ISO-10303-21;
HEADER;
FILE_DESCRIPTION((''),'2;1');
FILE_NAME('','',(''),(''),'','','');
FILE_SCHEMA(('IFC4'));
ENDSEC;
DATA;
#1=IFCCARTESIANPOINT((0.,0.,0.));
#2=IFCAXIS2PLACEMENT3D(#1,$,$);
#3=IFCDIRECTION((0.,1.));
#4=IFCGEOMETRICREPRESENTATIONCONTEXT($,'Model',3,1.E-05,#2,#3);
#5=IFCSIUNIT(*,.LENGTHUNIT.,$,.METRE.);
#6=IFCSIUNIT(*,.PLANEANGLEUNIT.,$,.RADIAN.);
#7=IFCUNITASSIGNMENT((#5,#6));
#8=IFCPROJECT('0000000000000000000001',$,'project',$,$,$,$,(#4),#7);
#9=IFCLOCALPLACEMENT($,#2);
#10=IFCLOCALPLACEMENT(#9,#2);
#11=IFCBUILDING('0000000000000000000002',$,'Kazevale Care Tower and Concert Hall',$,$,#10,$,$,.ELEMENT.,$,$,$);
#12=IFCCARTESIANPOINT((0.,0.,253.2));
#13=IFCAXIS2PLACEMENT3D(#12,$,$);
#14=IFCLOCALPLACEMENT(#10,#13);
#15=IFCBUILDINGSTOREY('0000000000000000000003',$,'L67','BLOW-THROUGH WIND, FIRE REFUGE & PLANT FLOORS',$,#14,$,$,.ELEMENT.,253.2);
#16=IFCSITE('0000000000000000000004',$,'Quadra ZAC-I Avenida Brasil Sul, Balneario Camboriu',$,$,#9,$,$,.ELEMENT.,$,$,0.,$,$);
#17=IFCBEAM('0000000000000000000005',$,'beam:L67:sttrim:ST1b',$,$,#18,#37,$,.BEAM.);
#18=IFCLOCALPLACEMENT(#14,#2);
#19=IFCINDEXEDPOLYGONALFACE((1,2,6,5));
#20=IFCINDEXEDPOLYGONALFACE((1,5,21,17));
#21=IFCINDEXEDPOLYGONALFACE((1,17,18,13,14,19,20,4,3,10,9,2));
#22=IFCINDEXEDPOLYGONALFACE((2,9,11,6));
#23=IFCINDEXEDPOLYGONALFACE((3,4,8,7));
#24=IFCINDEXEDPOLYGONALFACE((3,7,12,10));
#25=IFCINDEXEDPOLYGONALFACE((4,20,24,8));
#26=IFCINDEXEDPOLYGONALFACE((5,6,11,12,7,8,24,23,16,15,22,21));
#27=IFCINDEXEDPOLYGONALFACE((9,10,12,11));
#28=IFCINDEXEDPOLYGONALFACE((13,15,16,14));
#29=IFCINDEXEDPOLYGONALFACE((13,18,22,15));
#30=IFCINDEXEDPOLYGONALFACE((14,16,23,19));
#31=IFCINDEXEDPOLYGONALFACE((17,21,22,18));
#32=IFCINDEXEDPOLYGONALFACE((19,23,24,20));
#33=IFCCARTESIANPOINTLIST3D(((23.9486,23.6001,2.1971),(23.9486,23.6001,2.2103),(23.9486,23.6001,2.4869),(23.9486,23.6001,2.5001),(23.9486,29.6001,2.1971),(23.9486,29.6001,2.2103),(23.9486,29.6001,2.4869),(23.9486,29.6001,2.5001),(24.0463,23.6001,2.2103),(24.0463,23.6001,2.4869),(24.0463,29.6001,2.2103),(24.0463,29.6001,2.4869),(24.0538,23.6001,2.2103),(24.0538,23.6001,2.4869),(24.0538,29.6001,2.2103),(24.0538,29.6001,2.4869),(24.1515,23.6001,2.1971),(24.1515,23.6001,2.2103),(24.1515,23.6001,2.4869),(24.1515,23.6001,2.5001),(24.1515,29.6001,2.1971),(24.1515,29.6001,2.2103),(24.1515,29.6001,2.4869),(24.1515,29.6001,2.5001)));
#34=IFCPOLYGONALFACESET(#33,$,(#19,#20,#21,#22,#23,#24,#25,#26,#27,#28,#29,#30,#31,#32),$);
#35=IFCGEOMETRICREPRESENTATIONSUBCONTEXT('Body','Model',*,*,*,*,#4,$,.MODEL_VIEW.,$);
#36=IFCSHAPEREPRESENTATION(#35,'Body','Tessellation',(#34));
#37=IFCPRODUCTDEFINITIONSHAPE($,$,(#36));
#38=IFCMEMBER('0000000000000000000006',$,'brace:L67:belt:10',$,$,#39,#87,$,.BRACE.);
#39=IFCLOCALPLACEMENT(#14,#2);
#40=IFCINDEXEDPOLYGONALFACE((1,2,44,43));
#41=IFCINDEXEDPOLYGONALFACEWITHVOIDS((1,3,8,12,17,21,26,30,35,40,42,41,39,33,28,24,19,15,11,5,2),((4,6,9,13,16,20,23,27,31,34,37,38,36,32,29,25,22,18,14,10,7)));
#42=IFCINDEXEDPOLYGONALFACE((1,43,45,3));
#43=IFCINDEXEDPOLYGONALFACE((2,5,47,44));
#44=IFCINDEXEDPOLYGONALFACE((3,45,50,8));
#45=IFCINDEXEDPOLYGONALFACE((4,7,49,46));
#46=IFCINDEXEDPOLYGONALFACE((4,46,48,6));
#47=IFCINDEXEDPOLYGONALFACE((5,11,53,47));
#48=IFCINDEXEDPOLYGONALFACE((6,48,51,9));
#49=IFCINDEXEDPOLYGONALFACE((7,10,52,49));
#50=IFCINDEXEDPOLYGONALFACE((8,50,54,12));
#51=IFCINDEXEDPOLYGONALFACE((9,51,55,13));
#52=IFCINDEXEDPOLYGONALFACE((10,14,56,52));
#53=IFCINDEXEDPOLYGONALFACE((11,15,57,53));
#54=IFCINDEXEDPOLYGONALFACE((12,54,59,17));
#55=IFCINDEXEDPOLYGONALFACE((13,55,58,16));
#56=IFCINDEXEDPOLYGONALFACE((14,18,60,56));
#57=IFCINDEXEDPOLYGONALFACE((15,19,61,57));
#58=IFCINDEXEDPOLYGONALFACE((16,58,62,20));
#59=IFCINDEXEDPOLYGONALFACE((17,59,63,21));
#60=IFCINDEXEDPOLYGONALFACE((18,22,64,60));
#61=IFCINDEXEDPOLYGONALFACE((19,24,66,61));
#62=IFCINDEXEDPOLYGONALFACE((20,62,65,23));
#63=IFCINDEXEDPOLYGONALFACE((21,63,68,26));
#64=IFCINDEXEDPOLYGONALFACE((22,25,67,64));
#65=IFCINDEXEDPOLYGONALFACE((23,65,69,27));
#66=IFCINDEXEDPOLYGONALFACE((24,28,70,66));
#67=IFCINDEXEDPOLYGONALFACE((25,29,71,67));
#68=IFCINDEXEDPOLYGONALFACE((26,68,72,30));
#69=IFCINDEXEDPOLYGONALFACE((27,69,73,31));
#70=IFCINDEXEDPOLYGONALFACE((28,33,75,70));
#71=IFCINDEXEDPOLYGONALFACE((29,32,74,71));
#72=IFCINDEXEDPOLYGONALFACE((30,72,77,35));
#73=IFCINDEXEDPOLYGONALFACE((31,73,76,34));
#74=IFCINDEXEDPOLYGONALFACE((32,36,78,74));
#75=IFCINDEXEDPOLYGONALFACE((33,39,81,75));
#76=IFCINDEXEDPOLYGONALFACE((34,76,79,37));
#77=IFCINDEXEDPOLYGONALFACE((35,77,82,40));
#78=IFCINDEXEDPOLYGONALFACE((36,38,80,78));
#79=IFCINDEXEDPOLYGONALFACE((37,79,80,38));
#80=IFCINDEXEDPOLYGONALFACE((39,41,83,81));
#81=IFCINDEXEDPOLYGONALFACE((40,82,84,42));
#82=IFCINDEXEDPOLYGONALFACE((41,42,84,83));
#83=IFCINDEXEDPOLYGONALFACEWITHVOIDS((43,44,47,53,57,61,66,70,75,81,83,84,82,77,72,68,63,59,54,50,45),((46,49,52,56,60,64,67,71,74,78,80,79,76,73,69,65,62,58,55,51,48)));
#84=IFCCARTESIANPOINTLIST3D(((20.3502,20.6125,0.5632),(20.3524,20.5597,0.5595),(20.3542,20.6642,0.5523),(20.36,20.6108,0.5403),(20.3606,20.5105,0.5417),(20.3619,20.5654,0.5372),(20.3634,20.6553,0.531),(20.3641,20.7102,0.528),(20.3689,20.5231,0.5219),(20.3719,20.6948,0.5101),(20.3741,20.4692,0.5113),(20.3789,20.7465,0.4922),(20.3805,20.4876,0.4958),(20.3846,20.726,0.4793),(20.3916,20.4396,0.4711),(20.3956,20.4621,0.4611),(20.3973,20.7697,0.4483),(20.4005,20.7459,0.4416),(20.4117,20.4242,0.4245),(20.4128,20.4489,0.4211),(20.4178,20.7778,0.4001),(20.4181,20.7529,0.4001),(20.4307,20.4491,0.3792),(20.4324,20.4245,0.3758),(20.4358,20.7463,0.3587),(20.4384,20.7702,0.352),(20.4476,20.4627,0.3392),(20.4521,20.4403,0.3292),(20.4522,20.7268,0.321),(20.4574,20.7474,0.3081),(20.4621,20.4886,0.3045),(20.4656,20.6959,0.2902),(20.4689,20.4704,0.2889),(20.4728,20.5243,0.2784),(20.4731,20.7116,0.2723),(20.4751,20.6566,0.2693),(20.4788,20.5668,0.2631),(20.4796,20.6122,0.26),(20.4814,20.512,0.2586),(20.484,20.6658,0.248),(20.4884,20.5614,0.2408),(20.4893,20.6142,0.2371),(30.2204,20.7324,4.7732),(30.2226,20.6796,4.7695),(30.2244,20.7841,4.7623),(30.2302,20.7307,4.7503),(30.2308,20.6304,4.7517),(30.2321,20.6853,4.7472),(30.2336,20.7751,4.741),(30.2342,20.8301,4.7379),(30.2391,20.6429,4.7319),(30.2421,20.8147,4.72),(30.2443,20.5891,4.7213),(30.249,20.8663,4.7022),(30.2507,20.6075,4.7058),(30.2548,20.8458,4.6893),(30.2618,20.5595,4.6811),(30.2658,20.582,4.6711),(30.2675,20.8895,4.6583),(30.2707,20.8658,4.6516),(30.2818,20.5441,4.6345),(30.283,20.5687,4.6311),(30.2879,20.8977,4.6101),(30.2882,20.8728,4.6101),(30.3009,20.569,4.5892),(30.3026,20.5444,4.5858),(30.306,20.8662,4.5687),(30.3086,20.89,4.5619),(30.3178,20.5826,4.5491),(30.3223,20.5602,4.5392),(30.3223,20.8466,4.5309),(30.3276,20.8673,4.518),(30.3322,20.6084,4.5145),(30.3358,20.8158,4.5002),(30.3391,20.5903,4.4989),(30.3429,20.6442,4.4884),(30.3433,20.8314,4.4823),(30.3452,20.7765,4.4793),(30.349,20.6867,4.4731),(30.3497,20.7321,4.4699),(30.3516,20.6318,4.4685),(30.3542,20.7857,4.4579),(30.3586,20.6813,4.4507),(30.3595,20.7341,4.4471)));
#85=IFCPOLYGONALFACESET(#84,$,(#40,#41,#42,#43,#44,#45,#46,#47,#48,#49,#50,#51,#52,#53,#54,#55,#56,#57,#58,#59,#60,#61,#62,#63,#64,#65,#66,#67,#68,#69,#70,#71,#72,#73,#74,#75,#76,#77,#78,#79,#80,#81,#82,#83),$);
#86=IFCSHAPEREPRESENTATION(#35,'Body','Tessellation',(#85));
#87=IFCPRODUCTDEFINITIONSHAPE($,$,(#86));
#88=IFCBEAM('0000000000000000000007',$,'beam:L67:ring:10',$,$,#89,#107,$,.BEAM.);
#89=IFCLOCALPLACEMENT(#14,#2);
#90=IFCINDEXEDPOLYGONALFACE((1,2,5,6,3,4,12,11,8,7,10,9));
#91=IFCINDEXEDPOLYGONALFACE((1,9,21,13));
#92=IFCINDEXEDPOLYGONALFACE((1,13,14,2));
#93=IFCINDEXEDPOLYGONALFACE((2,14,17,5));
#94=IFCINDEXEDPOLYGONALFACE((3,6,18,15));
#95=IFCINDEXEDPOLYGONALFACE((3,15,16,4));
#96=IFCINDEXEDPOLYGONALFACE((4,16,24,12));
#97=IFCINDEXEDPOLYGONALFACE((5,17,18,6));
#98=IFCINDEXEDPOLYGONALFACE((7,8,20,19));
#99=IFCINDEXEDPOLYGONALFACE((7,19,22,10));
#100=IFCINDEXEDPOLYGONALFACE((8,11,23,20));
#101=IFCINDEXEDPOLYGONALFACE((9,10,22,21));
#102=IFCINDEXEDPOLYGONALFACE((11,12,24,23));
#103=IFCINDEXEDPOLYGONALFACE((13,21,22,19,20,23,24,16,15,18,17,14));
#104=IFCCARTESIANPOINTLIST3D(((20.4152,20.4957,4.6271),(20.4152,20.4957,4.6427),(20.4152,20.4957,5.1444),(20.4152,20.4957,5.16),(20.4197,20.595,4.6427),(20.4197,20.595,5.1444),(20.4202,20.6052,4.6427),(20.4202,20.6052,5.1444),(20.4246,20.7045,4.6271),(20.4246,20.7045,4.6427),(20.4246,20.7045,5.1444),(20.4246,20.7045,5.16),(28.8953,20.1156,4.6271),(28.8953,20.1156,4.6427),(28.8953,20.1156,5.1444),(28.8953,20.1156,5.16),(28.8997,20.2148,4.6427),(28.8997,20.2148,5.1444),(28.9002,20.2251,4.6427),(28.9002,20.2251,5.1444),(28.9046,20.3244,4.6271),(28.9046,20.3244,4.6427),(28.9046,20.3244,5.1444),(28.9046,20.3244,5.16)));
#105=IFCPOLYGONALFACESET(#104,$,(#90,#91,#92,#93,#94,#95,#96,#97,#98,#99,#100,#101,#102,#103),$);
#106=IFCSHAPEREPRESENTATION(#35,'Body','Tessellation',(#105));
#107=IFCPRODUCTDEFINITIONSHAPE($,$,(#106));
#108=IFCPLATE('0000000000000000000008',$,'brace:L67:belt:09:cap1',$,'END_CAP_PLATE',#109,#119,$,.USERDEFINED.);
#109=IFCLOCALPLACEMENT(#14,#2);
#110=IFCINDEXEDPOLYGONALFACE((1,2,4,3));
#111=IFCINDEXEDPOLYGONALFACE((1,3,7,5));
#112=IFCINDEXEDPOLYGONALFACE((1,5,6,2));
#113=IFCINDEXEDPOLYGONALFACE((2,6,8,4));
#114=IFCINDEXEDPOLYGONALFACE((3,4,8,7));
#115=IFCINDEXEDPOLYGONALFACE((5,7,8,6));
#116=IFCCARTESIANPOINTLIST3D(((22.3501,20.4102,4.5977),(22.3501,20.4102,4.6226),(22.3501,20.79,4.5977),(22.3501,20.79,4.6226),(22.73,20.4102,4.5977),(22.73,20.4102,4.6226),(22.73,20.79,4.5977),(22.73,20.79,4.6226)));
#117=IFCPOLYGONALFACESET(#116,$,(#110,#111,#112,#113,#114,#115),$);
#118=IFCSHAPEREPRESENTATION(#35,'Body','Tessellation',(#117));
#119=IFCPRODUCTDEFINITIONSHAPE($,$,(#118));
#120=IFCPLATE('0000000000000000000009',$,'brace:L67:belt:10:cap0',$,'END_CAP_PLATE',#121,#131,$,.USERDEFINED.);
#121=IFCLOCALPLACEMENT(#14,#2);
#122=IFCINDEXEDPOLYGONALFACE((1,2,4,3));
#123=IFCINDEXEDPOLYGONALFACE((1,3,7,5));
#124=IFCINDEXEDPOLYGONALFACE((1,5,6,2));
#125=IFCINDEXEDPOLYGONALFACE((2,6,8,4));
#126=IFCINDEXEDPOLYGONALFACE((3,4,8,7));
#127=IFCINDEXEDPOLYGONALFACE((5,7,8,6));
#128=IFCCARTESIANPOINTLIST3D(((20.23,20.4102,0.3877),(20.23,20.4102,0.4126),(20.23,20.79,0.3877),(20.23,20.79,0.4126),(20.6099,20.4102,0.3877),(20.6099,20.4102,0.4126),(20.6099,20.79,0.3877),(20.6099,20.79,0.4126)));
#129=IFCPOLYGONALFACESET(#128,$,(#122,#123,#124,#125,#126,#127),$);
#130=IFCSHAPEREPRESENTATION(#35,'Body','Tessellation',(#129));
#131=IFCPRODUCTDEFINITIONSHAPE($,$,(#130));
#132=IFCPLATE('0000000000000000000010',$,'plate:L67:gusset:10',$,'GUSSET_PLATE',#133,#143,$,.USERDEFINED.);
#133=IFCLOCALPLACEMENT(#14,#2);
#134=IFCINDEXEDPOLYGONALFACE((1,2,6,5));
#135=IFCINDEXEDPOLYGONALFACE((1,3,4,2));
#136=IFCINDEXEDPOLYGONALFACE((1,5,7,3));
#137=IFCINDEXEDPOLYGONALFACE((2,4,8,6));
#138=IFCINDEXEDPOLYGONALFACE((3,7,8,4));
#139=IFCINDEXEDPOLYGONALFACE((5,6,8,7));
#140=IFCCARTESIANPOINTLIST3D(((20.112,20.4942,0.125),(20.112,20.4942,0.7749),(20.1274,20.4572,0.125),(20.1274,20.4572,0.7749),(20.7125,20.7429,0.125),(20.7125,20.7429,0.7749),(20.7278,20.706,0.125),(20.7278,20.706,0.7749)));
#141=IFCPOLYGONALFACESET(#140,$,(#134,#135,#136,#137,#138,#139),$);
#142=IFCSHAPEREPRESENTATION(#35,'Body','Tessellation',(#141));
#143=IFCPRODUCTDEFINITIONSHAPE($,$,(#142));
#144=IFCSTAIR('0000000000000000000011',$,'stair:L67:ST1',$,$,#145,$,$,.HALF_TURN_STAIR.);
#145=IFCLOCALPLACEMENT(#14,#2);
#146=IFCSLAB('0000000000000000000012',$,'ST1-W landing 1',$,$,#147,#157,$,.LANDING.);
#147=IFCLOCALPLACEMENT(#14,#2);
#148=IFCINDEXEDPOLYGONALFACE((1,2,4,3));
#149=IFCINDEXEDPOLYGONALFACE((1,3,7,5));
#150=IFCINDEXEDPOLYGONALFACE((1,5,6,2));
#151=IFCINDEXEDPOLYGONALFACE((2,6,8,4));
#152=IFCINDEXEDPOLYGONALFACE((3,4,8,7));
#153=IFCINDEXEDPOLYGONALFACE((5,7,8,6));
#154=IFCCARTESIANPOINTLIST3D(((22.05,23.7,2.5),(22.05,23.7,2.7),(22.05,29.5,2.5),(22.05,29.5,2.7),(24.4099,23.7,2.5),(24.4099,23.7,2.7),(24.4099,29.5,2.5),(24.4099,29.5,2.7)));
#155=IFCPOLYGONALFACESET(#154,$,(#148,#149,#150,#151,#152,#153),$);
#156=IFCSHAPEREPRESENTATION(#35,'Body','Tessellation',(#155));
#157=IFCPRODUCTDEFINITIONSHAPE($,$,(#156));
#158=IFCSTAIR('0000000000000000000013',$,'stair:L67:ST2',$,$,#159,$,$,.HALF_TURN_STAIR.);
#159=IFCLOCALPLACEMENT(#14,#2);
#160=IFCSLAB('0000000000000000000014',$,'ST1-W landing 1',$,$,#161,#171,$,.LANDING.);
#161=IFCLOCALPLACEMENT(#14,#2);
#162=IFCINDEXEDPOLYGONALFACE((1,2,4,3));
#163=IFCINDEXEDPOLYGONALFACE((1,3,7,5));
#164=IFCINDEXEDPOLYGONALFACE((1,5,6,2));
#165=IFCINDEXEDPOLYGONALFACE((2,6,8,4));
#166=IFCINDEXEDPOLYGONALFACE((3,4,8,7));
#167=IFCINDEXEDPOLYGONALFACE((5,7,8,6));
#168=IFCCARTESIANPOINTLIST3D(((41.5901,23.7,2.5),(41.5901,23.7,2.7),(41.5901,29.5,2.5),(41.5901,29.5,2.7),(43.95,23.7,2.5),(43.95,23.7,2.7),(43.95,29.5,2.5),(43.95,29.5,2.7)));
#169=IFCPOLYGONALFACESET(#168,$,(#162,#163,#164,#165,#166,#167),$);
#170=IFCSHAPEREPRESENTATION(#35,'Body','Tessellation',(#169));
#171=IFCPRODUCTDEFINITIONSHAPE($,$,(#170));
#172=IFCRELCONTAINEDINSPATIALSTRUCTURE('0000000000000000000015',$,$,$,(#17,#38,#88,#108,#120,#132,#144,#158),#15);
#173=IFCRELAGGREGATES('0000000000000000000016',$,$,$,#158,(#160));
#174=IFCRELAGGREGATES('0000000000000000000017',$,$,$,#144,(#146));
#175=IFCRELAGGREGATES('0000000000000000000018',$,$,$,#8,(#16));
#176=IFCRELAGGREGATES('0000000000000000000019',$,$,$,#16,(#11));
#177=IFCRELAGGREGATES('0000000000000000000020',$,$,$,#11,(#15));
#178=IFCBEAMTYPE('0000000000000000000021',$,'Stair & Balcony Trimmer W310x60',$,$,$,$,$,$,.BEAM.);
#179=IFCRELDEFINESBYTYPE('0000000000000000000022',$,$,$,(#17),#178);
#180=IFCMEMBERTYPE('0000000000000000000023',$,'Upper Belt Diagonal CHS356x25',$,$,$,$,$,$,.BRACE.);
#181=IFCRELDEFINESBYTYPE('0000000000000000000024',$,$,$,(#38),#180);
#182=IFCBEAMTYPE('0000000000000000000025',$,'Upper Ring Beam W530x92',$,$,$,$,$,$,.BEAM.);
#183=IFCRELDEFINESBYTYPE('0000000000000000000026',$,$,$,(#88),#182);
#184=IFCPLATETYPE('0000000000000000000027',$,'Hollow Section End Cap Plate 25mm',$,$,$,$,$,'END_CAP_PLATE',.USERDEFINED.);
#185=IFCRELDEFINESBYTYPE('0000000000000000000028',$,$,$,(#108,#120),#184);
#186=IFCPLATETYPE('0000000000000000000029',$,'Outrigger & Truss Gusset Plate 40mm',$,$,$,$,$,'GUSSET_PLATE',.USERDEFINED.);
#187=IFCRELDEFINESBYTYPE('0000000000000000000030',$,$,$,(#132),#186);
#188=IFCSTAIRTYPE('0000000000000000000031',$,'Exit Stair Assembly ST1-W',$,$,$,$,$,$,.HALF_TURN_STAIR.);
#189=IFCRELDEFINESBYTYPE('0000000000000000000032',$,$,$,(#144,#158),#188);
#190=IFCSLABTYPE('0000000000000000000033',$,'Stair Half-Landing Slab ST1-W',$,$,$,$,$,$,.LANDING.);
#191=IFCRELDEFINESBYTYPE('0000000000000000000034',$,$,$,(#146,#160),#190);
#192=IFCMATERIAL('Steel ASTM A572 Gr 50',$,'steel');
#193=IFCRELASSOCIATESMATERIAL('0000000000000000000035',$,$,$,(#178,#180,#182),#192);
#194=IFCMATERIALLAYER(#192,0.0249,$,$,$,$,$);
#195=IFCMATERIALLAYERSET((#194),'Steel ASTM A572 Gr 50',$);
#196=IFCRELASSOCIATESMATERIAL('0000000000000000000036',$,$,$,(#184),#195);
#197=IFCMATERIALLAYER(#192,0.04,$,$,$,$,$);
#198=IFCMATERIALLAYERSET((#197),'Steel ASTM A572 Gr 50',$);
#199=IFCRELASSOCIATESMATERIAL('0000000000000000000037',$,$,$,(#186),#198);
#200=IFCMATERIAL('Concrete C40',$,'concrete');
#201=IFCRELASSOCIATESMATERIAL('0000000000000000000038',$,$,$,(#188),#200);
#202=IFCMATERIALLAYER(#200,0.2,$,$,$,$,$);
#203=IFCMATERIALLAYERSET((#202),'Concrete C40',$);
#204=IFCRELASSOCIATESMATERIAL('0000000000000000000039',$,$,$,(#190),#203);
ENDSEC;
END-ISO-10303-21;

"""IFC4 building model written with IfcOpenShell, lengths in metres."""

from ifc_helpers import new_model, si_unit, direction, frame, origin, origin_2d, place, context, subcontext, project, spatial, polyline, rectangle, hollow_circle, i_section, outline, extrude, material, layer, layer_set, material_profile, profile_set, type_object, element, aggregate, save


model = new_model("IFC4")

# Units and contexts
model_context = context("Model", 3, precision=1e-05, world=origin(), true_north=direction((0.0, 1.0)))
body_context = subcontext(model_context, "Body", "Model", "MODEL_VIEW")
ifc_project = project(units=[si_unit("LENGTHUNIT", "METRE"), si_unit("PLANEANGLEUNIT", "RADIAN")], contexts=[model_context])

# Site, building, storey
site_placement = place(None, origin())
site = spatial("IfcSite", under=ifc_project, at=site_placement, Name="Quadra ZAC-I Avenida Brasil Sul, Balneario Camboriu", CompositionType="ELEMENT", RefElevation=0.0)
building_placement = place(site_placement, origin())
building = spatial("IfcBuilding", under=site, at=building_placement, Name="Kazevale Care Tower and Concert Hall", CompositionType="ELEMENT")
storey_placement = place(building_placement, frame((0.0, 0.0, 253.2)))
storey = spatial("IfcBuildingStorey", under=building, at=storey_placement, Name="L67", Description="BLOW-THROUGH WIND, FIRE REFUGE & PLANT FLOORS", CompositionType="ELEMENT", Elevation=253.2)

# Beam
ifc_material_1 = material(Name="Steel ASTM A572 Gr 50", Category="steel")
ifc_material_profile_1 = material_profile(ifc_material_1, i_section(OverallWidth=0.2029, OverallDepth=0.303, WebThickness=0.0076, FlangeThickness=0.0132, at=origin_2d()), Name="W310x60")
ifc_profile_set_1 = profile_set([ifc_material_profile_1], Name="Steel ASTM A572 Gr 50")
beam_type_1 = type_object("IfcBeamType", Name="Stair & Balcony Trimmer W310x60", PredefinedType="BEAM", material=ifc_profile_set_1)
for number, where, z_axis, x_axis, name in (
    (1, (24.05, 23.6001, 2.3486), (0.0, 1.0, 0.0), (-1.0, 0.0, 0.0), "beam:L67:sttrim:ST1b"),
):
    element("IfcBeam", number, at=place(storey_placement, frame(where, z_axis=z_axis, x_axis=x_axis)), inside=storey, type_object=beam_type_1, Name=name, PredefinedType="BEAM", context=body_context, shape_type="SweptSolid", body=[
        extrude(i_section(OverallWidth=0.2029, OverallDepth=0.303, WebThickness=0.0076, FlangeThickness=0.0132, at=origin_2d()), origin(), (0.0, 0.0, 1.0), 6.0),
    ])

# Member
ifc_material_profile_2 = material_profile(ifc_material_1, hollow_circle(Radius=0.1777, WallThickness=0.0249, at=origin_2d()), Name="CHS356x25")
ifc_profile_set_2 = profile_set([ifc_material_profile_2], Name="Steel ASTM A572 Gr 50")
member_type = type_object("IfcMemberType", Name="Upper Belt Diagonal CHS356x25", PredefinedType="BRACE", material=ifc_profile_set_2)
member_placement = place(storey_placement, frame((20.4199, 20.6001, 0.4001), z_axis=(0.919764, 0.011171, 0.392313), x_axis=(-0.012144, 0.999926, 0.0)))
element("IfcMember", 2, at=member_placement, inside=storey, type_object=member_type, Name="brace:L67:belt:10", PredefinedType="BRACE", context=body_context, shape_type="SweptSolid", body=[
    extrude(hollow_circle(Radius=0.1777, WallThickness=0.0249, at=origin_2d()), origin(), (0.0, 0.0, 1.0), 10.7312),
])

# Beam
ifc_material_profile_3 = material_profile(ifc_material_1, i_section(OverallWidth=0.209, OverallDepth=0.533, WebThickness=0.0103, FlangeThickness=0.0156, at=origin_2d()), Name="W530x92")
ifc_profile_set_3 = profile_set([ifc_material_profile_3], Name="Steel ASTM A572 Gr 50")
beam_type_2 = type_object("IfcBeamType", Name="Upper Ring Beam W530x92", PredefinedType="BEAM", material=ifc_profile_set_3)
beam_1_placement = place(storey_placement, frame((20.4199, 20.6001, 4.8936), z_axis=(0.998997, -0.044781, 0.0), x_axis=(0.044781, 0.998997, 0.0)))
element("IfcBeam", 3, at=beam_1_placement, inside=storey, type_object=beam_type_2, Name="beam:L67:ring:10", PredefinedType="BEAM", context=body_context, shape_type="SweptSolid", body=[
    extrude(i_section(OverallWidth=0.209, OverallDepth=0.533, WebThickness=0.0103, FlangeThickness=0.0156, at=origin_2d()), origin(), (0.0, 0.0, 1.0), 8.4885),
])

# Plates
ifc_layer_1 = layer(ifc_material_1, 0.0249)
ifc_layer_set_1 = layer_set([ifc_layer_1], Name="Steel ASTM A572 Gr 50")
plate_type_1 = type_object("IfcPlateType", Name="Hollow Section End Cap Plate 25mm", ElementType="END_CAP_PLATE", PredefinedType="USERDEFINED", material=ifc_layer_set_1)
for number, where, z_axis, x_axis, name in (
    (4, (22.54, 20.6001, 4.5977), (0.0, 0.0, 1.0), (1.0, 0.0, 0.0), "brace:L67:belt:09:cap1"),
    (5, (20.4199, 20.6001, 0.3877), (0.0, 0.0, 1.0), (1.0, 0.0, 0.0), "brace:L67:belt:10:cap0"),
):
    element("IfcPlate", number, at=place(storey_placement, frame(where, z_axis=z_axis, x_axis=x_axis)), inside=storey, type_object=plate_type_1, Name=name, ObjectType="END_CAP_PLATE", PredefinedType="USERDEFINED", context=body_context, shape_type="SweptSolid", body=[
        extrude(rectangle(XDim=0.3799, YDim=0.3799, at=origin_2d()), origin(), (0.0, 0.0, 1.0), 0.0249),
    ])
ifc_layer_2 = layer(ifc_material_1, 0.04)
ifc_layer_set_2 = layer_set([ifc_layer_2], Name="Steel ASTM A572 Gr 50")
plate_type_2 = type_object("IfcPlateType", Name="Outrigger & Truss Gusset Plate 40mm", ElementType="GUSSET_PLATE", PredefinedType="USERDEFINED", material=ifc_layer_set_2)
plate_placement = place(storey_placement, frame((20.4199, 20.6001, 0.125), z_axis=(0.0, 0.0, 1.0), x_axis=(-0.92388, -0.382683, 0.0)))
element("IfcPlate", 6, at=plate_placement, inside=storey, type_object=plate_type_2, Name="plate:L67:gusset:10", ObjectType="GUSSET_PLATE", PredefinedType="USERDEFINED", context=body_context, shape_type="SweptSolid", body=[
    extrude(rectangle(XDim=0.6499, YDim=0.04, at=origin_2d()), origin(), (0.0, 0.0, 1.0), 0.6499),
])

# Stairs, slabs
ifc_material_2 = material(Name="Concrete C40", Category="concrete")
stair_type = type_object("IfcStairType", Name="Exit Stair Assembly ST1-W", PredefinedType="HALF_TURN_STAIR", material=ifc_material_2)
stair_1_placement = place(storey_placement, origin())
stair_1 = element("IfcStair", 7, at=stair_1_placement, inside=storey, type_object=stair_type, Name="stair:L67:ST1", PredefinedType="HALF_TURN_STAIR")
ifc_layer_3 = layer(ifc_material_2, 0.2)
ifc_layer_set_3 = layer_set([ifc_layer_3], Name="Concrete C40")
slab_type_1 = type_object("IfcSlabType", Name="Stair Half-Landing Slab ST1-W", PredefinedType="LANDING", material=ifc_layer_set_3)
slab_1_placement = place(storey_placement, frame((0.0, 0.0, 2.5)))
slab_1 = element("IfcSlab", 8, at=slab_1_placement, type_object=slab_type_1, Name="ST1-W landing 1", PredefinedType="LANDING", context=body_context, shape_type="SweptSolid", body=[
    extrude(outline(polyline([(22.05, 23.7), (24.4099, 23.7), (24.4099, 29.5), (22.05, 29.5), (22.05, 23.7)])), origin(), (0.0, 0.0, 1.0), 0.2),
])
stair_2_placement = place(storey_placement, origin())
stair_2 = element("IfcStair", 9, at=stair_2_placement, inside=storey, type_object=stair_type, Name="stair:L67:ST2", PredefinedType="HALF_TURN_STAIR")
slab_2_placement = place(storey_placement, frame((0.0, 0.0, 2.5)))
slab_2 = element("IfcSlab", 10, at=slab_2_placement, type_object=slab_type_1, Name="ST1-W landing 1", PredefinedType="LANDING", context=body_context, shape_type="SweptSolid", body=[
    extrude(outline(polyline([(41.5901, 23.7), (43.95, 23.7), (43.95, 29.5), (41.5901, 29.5), (41.5901, 23.7)])), origin(), (0.0, 0.0, 1.0), 0.2),
])
aggregate(stair_2, [slab_2])

aggregate(stair_1, [slab_1])

save(model, "model.ifc")
